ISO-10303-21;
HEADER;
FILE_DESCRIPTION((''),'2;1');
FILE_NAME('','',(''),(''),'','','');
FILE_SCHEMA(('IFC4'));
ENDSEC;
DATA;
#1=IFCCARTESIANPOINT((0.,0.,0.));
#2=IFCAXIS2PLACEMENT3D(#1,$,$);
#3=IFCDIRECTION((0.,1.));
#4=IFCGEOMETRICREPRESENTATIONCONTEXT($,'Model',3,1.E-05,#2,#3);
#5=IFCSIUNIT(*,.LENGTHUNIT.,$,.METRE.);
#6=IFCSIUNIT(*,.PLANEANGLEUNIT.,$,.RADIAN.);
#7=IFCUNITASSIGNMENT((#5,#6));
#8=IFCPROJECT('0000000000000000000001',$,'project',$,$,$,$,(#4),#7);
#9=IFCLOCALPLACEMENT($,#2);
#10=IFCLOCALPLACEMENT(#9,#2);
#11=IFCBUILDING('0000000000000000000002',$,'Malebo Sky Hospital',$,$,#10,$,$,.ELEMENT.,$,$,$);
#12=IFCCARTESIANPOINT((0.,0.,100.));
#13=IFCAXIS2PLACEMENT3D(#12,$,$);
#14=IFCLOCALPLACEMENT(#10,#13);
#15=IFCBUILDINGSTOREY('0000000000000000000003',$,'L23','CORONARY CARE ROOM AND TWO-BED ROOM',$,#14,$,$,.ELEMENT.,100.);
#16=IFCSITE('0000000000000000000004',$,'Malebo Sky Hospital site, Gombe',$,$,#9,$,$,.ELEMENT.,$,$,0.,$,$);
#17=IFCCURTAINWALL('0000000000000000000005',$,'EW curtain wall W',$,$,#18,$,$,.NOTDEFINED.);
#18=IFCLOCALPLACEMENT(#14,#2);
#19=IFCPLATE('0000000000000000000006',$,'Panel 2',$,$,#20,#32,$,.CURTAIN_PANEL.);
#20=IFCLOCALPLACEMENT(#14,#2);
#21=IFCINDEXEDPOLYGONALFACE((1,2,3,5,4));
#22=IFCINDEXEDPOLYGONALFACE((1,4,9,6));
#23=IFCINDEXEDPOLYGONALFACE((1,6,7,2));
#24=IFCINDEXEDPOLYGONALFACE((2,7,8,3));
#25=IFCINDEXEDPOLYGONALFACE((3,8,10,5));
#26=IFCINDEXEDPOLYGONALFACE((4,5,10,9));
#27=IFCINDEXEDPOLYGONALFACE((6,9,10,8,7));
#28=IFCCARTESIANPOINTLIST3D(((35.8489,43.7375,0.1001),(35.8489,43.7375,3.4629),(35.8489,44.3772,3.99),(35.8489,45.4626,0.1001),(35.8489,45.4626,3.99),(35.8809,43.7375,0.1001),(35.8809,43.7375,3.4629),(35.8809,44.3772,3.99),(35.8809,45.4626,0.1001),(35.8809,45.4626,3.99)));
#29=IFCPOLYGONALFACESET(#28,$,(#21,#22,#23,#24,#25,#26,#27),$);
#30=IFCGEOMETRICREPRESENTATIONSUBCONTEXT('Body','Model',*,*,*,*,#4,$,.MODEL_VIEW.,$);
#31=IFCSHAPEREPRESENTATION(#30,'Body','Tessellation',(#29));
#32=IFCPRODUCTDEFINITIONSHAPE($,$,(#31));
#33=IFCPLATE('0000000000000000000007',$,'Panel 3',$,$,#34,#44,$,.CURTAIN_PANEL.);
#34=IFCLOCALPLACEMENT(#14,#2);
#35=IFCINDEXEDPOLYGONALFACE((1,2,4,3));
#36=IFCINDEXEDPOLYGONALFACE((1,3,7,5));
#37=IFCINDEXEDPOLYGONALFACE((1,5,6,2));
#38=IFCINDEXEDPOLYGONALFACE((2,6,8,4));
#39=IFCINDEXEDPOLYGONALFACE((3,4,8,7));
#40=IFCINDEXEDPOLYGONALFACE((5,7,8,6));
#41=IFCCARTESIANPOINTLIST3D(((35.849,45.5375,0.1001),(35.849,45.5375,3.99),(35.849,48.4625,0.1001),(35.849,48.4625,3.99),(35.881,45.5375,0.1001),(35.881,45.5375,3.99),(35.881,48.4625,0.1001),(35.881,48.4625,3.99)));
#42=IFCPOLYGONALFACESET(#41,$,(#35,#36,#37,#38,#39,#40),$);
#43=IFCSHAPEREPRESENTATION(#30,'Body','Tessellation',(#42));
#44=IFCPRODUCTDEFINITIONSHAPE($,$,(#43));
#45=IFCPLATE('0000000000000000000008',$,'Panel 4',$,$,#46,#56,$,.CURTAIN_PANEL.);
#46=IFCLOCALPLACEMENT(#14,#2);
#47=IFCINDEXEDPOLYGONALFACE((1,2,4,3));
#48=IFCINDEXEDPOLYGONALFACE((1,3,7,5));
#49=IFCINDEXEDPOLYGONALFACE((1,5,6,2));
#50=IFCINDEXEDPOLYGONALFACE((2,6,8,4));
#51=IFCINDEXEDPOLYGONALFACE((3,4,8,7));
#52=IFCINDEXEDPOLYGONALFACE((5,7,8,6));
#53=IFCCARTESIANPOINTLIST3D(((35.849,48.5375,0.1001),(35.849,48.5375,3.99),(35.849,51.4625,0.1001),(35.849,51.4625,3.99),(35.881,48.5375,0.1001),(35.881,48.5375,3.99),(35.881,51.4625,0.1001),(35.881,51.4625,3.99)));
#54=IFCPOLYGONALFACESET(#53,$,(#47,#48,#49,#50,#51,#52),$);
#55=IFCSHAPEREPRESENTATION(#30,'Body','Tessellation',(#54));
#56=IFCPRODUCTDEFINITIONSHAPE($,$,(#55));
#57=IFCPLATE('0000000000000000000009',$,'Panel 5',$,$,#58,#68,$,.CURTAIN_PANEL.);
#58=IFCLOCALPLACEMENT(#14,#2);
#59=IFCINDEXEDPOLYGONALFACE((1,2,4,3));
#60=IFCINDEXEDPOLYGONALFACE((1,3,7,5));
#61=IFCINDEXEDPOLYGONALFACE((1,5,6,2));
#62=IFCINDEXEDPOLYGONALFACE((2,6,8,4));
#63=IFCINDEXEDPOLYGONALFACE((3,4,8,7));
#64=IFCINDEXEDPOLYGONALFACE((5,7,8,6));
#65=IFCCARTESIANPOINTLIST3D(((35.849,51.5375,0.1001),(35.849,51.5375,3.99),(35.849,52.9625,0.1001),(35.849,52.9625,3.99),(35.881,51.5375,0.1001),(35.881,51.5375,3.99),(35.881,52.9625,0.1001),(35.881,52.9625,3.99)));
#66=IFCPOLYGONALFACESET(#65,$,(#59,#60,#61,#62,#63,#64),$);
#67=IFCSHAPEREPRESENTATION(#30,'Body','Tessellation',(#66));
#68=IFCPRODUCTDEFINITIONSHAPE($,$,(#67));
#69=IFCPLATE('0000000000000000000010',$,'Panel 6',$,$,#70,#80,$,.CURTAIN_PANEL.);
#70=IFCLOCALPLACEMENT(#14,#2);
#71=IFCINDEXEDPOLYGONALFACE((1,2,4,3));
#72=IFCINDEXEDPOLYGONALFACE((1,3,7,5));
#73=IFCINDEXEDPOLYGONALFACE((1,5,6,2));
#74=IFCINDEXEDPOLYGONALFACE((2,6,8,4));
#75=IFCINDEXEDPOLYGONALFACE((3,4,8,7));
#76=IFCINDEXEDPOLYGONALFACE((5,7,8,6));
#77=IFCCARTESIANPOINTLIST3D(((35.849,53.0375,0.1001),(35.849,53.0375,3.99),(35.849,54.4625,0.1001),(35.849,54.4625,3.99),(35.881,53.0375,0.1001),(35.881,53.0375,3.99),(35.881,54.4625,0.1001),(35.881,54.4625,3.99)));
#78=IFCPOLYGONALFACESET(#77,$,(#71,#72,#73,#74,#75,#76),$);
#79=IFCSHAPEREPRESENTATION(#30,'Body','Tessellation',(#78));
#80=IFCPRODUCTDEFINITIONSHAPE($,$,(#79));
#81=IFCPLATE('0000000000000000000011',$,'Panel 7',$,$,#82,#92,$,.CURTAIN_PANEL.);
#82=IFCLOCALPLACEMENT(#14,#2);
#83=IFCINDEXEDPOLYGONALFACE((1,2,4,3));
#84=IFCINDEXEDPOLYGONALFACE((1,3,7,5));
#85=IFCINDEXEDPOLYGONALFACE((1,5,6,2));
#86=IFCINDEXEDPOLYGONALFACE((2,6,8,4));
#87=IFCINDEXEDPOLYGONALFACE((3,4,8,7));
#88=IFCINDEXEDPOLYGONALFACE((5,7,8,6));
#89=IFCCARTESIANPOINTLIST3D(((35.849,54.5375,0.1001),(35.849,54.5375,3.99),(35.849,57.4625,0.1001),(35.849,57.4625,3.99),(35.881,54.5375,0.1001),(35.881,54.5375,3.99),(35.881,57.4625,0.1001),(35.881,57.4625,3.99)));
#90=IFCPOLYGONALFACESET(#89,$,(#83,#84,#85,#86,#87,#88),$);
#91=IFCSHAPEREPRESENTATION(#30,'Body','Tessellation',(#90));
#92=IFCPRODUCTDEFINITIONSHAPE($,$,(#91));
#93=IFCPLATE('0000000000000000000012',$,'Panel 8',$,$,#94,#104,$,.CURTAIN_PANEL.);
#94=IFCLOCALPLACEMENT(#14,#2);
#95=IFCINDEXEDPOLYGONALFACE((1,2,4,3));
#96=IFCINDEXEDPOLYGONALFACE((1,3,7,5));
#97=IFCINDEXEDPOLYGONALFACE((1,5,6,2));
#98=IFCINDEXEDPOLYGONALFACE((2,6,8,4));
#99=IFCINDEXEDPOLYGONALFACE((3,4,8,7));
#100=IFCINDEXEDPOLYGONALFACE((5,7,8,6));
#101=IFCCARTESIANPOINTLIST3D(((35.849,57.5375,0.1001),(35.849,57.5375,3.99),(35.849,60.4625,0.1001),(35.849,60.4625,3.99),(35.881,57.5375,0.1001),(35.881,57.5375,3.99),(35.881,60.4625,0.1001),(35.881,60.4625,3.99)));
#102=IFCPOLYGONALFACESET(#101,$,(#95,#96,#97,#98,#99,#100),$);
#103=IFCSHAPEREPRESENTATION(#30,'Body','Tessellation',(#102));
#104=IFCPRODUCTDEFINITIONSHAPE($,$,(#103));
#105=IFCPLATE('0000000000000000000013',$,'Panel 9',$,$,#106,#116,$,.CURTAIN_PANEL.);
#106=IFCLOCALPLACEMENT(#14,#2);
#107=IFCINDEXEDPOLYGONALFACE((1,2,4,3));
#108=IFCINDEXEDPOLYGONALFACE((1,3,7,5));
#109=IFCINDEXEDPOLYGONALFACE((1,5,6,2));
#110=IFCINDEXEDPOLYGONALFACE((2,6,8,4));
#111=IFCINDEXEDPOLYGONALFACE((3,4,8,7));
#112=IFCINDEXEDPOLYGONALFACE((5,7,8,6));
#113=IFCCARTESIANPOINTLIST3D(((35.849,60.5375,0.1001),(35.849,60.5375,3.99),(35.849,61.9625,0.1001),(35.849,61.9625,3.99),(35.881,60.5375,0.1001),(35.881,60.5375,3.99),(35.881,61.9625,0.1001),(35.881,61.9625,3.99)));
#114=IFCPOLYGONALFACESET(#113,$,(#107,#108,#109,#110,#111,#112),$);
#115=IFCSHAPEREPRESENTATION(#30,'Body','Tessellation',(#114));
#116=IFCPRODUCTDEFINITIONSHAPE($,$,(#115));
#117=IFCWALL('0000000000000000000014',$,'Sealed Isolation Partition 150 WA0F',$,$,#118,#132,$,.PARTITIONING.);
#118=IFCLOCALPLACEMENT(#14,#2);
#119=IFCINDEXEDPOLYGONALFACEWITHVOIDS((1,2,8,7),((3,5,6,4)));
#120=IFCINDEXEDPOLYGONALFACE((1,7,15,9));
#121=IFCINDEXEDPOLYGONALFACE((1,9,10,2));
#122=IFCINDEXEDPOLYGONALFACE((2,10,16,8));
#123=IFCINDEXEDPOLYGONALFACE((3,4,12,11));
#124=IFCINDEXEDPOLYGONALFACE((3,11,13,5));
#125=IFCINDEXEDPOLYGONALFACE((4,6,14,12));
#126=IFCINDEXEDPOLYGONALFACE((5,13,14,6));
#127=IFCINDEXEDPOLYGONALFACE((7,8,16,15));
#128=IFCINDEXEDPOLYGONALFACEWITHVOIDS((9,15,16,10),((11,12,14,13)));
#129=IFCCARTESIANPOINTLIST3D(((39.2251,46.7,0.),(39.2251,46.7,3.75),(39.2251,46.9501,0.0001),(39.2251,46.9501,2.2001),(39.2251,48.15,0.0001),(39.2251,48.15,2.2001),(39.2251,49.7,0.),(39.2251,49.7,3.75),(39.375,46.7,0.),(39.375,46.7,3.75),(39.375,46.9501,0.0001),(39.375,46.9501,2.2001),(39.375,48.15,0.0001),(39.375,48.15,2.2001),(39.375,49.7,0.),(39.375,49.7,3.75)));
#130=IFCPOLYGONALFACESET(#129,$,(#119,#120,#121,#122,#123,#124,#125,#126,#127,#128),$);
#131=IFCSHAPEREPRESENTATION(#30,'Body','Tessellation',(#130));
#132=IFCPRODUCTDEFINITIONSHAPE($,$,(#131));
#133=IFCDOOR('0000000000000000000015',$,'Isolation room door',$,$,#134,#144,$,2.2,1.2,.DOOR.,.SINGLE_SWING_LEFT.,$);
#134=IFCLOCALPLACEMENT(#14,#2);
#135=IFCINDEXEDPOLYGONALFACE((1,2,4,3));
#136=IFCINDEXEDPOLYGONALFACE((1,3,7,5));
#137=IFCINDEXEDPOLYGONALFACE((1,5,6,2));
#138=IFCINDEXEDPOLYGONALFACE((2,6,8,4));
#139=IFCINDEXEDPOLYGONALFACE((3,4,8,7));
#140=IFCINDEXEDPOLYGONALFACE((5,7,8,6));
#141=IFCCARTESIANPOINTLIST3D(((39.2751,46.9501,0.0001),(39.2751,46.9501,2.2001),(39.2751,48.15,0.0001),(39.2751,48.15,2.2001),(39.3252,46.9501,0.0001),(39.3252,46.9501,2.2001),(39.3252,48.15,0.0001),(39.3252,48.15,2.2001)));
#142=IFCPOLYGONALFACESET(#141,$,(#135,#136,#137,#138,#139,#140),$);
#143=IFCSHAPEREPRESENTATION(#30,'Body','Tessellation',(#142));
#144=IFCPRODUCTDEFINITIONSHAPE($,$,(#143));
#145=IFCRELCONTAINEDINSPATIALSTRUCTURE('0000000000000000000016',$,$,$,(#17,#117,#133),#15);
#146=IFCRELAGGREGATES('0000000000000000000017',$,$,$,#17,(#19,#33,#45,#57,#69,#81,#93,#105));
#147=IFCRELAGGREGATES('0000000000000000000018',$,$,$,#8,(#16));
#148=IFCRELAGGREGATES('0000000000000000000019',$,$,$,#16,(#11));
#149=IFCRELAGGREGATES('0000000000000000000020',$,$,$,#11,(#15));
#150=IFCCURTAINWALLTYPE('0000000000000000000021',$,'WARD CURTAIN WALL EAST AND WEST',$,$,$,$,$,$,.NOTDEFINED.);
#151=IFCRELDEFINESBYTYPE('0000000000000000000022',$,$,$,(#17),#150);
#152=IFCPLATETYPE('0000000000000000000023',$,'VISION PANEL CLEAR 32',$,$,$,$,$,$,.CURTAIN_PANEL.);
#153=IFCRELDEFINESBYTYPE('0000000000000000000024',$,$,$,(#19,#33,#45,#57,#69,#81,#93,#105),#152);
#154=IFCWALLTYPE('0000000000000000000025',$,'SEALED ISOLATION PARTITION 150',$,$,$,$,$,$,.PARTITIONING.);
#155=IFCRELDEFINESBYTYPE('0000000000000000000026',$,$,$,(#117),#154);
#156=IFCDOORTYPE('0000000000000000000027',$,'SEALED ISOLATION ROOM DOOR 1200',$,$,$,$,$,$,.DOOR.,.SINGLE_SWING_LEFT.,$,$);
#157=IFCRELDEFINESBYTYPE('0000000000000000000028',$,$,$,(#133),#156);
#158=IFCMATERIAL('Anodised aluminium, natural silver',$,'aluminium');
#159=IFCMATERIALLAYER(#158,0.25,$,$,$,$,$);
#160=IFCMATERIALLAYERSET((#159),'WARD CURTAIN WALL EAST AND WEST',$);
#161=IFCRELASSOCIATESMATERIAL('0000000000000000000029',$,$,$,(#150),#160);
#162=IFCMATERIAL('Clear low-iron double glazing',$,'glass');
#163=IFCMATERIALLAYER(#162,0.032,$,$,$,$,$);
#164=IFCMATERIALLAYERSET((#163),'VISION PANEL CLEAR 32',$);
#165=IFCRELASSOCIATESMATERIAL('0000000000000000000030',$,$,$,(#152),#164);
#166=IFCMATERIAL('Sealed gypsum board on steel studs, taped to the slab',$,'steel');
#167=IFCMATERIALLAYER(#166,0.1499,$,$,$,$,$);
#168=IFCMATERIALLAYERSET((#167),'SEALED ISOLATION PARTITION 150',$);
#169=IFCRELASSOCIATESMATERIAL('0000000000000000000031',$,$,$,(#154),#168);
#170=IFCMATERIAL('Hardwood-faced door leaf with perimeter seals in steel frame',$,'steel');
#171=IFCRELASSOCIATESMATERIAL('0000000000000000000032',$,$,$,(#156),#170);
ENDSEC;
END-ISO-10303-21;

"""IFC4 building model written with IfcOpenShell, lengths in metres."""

from ifc_helpers import new_model, si_unit, direction, frame, frame_2d, origin, origin_2d, place, context, subcontext, project, spatial, polyline, rectangle, outline, extrude, material, layer, layer_set, type_object, element, fill, aggregate, save


model = new_model("IFC4")

# Units and contexts
model_context = context("Model", 3, precision=1e-05, world=origin(), true_north=direction((0.0, 1.0)))
body_context = subcontext(model_context, "Body", "Model", "MODEL_VIEW")
ifc_project = project(units=[si_unit("LENGTHUNIT", "METRE"), si_unit("PLANEANGLEUNIT", "RADIAN")], contexts=[model_context])

# Site, building, storey
site_placement = place(None, origin())
site = spatial("IfcSite", under=ifc_project, at=site_placement, Name="Malebo Sky Hospital site, Gombe", CompositionType="ELEMENT", RefElevation=0.0)
building_placement = place(site_placement, origin())
building = spatial("IfcBuilding", under=site, at=building_placement, Name="Malebo Sky Hospital", CompositionType="ELEMENT")
storey_placement = place(building_placement, frame((0.0, 0.0, 100.0)))
storey = spatial("IfcBuildingStorey", under=building, at=storey_placement, Name="L23", Description="CORONARY CARE ROOM AND TWO-BED ROOM", CompositionType="ELEMENT", Elevation=100.0)

# Curtain wall
ifc_material_1 = material(Name="Anodised aluminium, natural silver", Category="aluminium")
ifc_layer_1 = layer(ifc_material_1, 0.25)
ifc_layer_set_1 = layer_set([ifc_layer_1], Name="WARD CURTAIN WALL EAST AND WEST")
curtain_wall_type = type_object("IfcCurtainWallType", Name="WARD CURTAIN WALL EAST AND WEST", PredefinedType="NOTDEFINED", material=ifc_layer_set_1)
curtain_wall_placement = place(storey_placement, origin())
curtain_wall = element("IfcCurtainWall", 1, at=curtain_wall_placement, inside=storey, type_object=curtain_wall_type, Name="EW curtain wall W", PredefinedType="NOTDEFINED")

# Plates
ifc_material_2 = material(Name="Clear low-iron double glazing", Category="glass")
ifc_layer_2 = layer(ifc_material_2, 0.032)
ifc_layer_set_2 = layer_set([ifc_layer_2], Name="VISION PANEL CLEAR 32")
plate_type = type_object("IfcPlateType", Name="VISION PANEL CLEAR 32", PredefinedType="CURTAIN_PANEL", material=ifc_layer_set_2)
plate_1_placement = place(storey_placement, frame((35.865, 44.6001, 0.1001), z_axis=(0.0, 0.0, 1.0), x_axis=(0.0, 1.0, 0.0)))
plate_1 = element("IfcPlate", 2, at=plate_1_placement, type_object=plate_type, Name="Panel 2", PredefinedType="CURTAIN_PANEL", context=body_context, shape_type="SweptSolid", body=[
    extrude(outline(polyline([(-0.8625, 0.0), (0.8625, 0.0), (0.8625, 3.8899), (-0.2229, 3.8899), (-0.8625, 3.3628), (-0.8625, 0.0)])), frame((0.0, 0.0161, 0.0), z_axis=(0.0, -1.0, 0.0), x_axis=(1.0, 0.0, 0.0)), (0.0, 0.0, 1.0), 0.032),
])
plate_2_placement = place(storey_placement, frame((35.865, 47.0, 0.1001), z_axis=(0.0, 0.0, 1.0), x_axis=(0.0, 1.0, 0.0)))
plate_2 = element("IfcPlate", 3, at=plate_2_placement, type_object=plate_type, Name="Panel 3", PredefinedType="CURTAIN_PANEL", context=body_context, shape_type="SweptSolid", body=[
    extrude(rectangle(XDim=2.925, YDim=0.032, at=origin_2d()), origin(), (0.0, 0.0, 1.0), 3.8899),
])
plate_3_placement = place(storey_placement, frame((35.865, 50.0, 0.1001), z_axis=(0.0, 0.0, 1.0), x_axis=(0.0, 1.0, 0.0)))
plate_3 = element("IfcPlate", 4, at=plate_3_placement, type_object=plate_type, Name="Panel 4", PredefinedType="CURTAIN_PANEL", context=body_context, shape_type="SweptSolid", body=[
    extrude(rectangle(XDim=2.925, YDim=0.032, at=origin_2d()), origin(), (0.0, 0.0, 1.0), 3.8899),
])
plate_4_placement = place(storey_placement, frame((35.865, 52.25, 0.1001), z_axis=(0.0, 0.0, 1.0), x_axis=(0.0, 1.0, 0.0)))
plate_4 = element("IfcPlate", 5, at=plate_4_placement, type_object=plate_type, Name="Panel 5", PredefinedType="CURTAIN_PANEL", context=body_context, shape_type="SweptSolid", body=[
    extrude(rectangle(XDim=1.425, YDim=0.032, at=origin_2d()), origin(), (0.0, 0.0, 1.0), 3.8899),
])
plate_5_placement = place(storey_placement, frame((35.865, 53.75, 0.1001), z_axis=(0.0, 0.0, 1.0), x_axis=(0.0, 1.0, 0.0)))
plate_5 = element("IfcPlate", 6, at=plate_5_placement, type_object=plate_type, Name="Panel 6", PredefinedType="CURTAIN_PANEL", context=body_context, shape_type="SweptSolid", body=[
    extrude(rectangle(XDim=1.425, YDim=0.032, at=origin_2d()), origin(), (0.0, 0.0, 1.0), 3.8899),
])
plate_6_placement = place(storey_placement, frame((35.865, 56.0, 0.1001), z_axis=(0.0, 0.0, 1.0), x_axis=(0.0, 1.0, 0.0)))
plate_6 = element("IfcPlate", 7, at=plate_6_placement, type_object=plate_type, Name="Panel 7", PredefinedType="CURTAIN_PANEL", context=body_context, shape_type="SweptSolid", body=[
    extrude(rectangle(XDim=2.925, YDim=0.032, at=origin_2d()), origin(), (0.0, 0.0, 1.0), 3.8899),
])
plate_7_placement = place(storey_placement, frame((35.865, 59.0, 0.1001), z_axis=(0.0, 0.0, 1.0), x_axis=(0.0, 1.0, 0.0)))
plate_7 = element("IfcPlate", 8, at=plate_7_placement, type_object=plate_type, Name="Panel 8", PredefinedType="CURTAIN_PANEL", context=body_context, shape_type="SweptSolid", body=[
    extrude(rectangle(XDim=2.925, YDim=0.032, at=origin_2d()), origin(), (0.0, 0.0, 1.0), 3.8899),
])
plate_8_placement = place(storey_placement, frame((35.865, 61.25, 0.1001), z_axis=(0.0, 0.0, 1.0), x_axis=(0.0, 1.0, 0.0)))
plate_8 = element("IfcPlate", 9, at=plate_8_placement, type_object=plate_type, Name="Panel 9", PredefinedType="CURTAIN_PANEL", context=body_context, shape_type="SweptSolid", body=[
    extrude(rectangle(XDim=1.425, YDim=0.032, at=origin_2d()), origin(), (0.0, 0.0, 1.0), 3.8899),
])
aggregate(curtain_wall, [plate_1, plate_2, plate_3, plate_4, plate_5, plate_6, plate_7, plate_8])

# Wall, opening, door
ifc_material_3 = material(Name="Sealed gypsum board on steel studs, taped to the slab", Category="steel")
ifc_layer_3 = layer(ifc_material_3, 0.1499)
ifc_layer_set_3 = layer_set([ifc_layer_3], Name="SEALED ISOLATION PARTITION 150")
wall_type = type_object("IfcWallType", Name="SEALED ISOLATION PARTITION 150", PredefinedType="PARTITIONING", material=ifc_layer_set_3)
wall_placement = place(storey_placement, frame((39.3, 46.7, 0.0), z_axis=(0.0, 0.0, 1.0), x_axis=(0.0, 1.0, 0.0)))
wall = element("IfcWall", 10, at=wall_placement, inside=storey, type_object=wall_type, Name="Sealed Isolation Partition 150 WA0F", PredefinedType="PARTITIONING", context=body_context, shape_type="SweptSolid", body=[
    extrude(rectangle(XDim=3.0, YDim=0.1499, at=frame_2d((1.5, 0.0))), origin(), (0.0, 0.0, 1.0), 3.75),
])
opening_placement = place(wall_placement, frame((0.25, 0.0, 0.0)))
opening = element("IfcOpeningElement", 11, at=opening_placement, cuts=wall, PredefinedType="OPENING", context=body_context, shape_type="SweptSolid", body=[
    extrude(rectangle(XDim=1.2, YDim=2.2, at=frame_2d((0.6001, 1.1001))), frame((0.0, 0.085, 0.0), z_axis=(0.0, -1.0, 0.0), x_axis=(1.0, 0.0, 0.0)), (0.0, 0.0, 1.0), 0.1699),
])
ifc_material_4 = material(Name="Hardwood-faced door leaf with perimeter seals in steel frame", Category="steel")
door_type = type_object("IfcDoorType", Name="SEALED ISOLATION ROOM DOOR 1200", OperationType="SINGLE_SWING_LEFT", PredefinedType="DOOR", material=ifc_material_4)
door_placement = place(opening_placement, origin())
door = element("IfcDoor", 12, at=door_placement, inside=storey, type_object=door_type, Name="Isolation room door", OperationType="SINGLE_SWING_LEFT", OverallHeight=2.2, OverallWidth=1.2, PredefinedType="DOOR", context=body_context, shape_type="SweptSolid", body=[
    extrude(rectangle(XDim=1.2, YDim=2.2, at=frame_2d((0.6001, 1.1001))), frame((0.0, 0.0249, 0.0), z_axis=(0.0, -1.0, 0.0), x_axis=(1.0, 0.0, 0.0)), (0.0, 0.0, 1.0), 0.05),
])
fill(opening, door)

save(model, "model.ifc")
